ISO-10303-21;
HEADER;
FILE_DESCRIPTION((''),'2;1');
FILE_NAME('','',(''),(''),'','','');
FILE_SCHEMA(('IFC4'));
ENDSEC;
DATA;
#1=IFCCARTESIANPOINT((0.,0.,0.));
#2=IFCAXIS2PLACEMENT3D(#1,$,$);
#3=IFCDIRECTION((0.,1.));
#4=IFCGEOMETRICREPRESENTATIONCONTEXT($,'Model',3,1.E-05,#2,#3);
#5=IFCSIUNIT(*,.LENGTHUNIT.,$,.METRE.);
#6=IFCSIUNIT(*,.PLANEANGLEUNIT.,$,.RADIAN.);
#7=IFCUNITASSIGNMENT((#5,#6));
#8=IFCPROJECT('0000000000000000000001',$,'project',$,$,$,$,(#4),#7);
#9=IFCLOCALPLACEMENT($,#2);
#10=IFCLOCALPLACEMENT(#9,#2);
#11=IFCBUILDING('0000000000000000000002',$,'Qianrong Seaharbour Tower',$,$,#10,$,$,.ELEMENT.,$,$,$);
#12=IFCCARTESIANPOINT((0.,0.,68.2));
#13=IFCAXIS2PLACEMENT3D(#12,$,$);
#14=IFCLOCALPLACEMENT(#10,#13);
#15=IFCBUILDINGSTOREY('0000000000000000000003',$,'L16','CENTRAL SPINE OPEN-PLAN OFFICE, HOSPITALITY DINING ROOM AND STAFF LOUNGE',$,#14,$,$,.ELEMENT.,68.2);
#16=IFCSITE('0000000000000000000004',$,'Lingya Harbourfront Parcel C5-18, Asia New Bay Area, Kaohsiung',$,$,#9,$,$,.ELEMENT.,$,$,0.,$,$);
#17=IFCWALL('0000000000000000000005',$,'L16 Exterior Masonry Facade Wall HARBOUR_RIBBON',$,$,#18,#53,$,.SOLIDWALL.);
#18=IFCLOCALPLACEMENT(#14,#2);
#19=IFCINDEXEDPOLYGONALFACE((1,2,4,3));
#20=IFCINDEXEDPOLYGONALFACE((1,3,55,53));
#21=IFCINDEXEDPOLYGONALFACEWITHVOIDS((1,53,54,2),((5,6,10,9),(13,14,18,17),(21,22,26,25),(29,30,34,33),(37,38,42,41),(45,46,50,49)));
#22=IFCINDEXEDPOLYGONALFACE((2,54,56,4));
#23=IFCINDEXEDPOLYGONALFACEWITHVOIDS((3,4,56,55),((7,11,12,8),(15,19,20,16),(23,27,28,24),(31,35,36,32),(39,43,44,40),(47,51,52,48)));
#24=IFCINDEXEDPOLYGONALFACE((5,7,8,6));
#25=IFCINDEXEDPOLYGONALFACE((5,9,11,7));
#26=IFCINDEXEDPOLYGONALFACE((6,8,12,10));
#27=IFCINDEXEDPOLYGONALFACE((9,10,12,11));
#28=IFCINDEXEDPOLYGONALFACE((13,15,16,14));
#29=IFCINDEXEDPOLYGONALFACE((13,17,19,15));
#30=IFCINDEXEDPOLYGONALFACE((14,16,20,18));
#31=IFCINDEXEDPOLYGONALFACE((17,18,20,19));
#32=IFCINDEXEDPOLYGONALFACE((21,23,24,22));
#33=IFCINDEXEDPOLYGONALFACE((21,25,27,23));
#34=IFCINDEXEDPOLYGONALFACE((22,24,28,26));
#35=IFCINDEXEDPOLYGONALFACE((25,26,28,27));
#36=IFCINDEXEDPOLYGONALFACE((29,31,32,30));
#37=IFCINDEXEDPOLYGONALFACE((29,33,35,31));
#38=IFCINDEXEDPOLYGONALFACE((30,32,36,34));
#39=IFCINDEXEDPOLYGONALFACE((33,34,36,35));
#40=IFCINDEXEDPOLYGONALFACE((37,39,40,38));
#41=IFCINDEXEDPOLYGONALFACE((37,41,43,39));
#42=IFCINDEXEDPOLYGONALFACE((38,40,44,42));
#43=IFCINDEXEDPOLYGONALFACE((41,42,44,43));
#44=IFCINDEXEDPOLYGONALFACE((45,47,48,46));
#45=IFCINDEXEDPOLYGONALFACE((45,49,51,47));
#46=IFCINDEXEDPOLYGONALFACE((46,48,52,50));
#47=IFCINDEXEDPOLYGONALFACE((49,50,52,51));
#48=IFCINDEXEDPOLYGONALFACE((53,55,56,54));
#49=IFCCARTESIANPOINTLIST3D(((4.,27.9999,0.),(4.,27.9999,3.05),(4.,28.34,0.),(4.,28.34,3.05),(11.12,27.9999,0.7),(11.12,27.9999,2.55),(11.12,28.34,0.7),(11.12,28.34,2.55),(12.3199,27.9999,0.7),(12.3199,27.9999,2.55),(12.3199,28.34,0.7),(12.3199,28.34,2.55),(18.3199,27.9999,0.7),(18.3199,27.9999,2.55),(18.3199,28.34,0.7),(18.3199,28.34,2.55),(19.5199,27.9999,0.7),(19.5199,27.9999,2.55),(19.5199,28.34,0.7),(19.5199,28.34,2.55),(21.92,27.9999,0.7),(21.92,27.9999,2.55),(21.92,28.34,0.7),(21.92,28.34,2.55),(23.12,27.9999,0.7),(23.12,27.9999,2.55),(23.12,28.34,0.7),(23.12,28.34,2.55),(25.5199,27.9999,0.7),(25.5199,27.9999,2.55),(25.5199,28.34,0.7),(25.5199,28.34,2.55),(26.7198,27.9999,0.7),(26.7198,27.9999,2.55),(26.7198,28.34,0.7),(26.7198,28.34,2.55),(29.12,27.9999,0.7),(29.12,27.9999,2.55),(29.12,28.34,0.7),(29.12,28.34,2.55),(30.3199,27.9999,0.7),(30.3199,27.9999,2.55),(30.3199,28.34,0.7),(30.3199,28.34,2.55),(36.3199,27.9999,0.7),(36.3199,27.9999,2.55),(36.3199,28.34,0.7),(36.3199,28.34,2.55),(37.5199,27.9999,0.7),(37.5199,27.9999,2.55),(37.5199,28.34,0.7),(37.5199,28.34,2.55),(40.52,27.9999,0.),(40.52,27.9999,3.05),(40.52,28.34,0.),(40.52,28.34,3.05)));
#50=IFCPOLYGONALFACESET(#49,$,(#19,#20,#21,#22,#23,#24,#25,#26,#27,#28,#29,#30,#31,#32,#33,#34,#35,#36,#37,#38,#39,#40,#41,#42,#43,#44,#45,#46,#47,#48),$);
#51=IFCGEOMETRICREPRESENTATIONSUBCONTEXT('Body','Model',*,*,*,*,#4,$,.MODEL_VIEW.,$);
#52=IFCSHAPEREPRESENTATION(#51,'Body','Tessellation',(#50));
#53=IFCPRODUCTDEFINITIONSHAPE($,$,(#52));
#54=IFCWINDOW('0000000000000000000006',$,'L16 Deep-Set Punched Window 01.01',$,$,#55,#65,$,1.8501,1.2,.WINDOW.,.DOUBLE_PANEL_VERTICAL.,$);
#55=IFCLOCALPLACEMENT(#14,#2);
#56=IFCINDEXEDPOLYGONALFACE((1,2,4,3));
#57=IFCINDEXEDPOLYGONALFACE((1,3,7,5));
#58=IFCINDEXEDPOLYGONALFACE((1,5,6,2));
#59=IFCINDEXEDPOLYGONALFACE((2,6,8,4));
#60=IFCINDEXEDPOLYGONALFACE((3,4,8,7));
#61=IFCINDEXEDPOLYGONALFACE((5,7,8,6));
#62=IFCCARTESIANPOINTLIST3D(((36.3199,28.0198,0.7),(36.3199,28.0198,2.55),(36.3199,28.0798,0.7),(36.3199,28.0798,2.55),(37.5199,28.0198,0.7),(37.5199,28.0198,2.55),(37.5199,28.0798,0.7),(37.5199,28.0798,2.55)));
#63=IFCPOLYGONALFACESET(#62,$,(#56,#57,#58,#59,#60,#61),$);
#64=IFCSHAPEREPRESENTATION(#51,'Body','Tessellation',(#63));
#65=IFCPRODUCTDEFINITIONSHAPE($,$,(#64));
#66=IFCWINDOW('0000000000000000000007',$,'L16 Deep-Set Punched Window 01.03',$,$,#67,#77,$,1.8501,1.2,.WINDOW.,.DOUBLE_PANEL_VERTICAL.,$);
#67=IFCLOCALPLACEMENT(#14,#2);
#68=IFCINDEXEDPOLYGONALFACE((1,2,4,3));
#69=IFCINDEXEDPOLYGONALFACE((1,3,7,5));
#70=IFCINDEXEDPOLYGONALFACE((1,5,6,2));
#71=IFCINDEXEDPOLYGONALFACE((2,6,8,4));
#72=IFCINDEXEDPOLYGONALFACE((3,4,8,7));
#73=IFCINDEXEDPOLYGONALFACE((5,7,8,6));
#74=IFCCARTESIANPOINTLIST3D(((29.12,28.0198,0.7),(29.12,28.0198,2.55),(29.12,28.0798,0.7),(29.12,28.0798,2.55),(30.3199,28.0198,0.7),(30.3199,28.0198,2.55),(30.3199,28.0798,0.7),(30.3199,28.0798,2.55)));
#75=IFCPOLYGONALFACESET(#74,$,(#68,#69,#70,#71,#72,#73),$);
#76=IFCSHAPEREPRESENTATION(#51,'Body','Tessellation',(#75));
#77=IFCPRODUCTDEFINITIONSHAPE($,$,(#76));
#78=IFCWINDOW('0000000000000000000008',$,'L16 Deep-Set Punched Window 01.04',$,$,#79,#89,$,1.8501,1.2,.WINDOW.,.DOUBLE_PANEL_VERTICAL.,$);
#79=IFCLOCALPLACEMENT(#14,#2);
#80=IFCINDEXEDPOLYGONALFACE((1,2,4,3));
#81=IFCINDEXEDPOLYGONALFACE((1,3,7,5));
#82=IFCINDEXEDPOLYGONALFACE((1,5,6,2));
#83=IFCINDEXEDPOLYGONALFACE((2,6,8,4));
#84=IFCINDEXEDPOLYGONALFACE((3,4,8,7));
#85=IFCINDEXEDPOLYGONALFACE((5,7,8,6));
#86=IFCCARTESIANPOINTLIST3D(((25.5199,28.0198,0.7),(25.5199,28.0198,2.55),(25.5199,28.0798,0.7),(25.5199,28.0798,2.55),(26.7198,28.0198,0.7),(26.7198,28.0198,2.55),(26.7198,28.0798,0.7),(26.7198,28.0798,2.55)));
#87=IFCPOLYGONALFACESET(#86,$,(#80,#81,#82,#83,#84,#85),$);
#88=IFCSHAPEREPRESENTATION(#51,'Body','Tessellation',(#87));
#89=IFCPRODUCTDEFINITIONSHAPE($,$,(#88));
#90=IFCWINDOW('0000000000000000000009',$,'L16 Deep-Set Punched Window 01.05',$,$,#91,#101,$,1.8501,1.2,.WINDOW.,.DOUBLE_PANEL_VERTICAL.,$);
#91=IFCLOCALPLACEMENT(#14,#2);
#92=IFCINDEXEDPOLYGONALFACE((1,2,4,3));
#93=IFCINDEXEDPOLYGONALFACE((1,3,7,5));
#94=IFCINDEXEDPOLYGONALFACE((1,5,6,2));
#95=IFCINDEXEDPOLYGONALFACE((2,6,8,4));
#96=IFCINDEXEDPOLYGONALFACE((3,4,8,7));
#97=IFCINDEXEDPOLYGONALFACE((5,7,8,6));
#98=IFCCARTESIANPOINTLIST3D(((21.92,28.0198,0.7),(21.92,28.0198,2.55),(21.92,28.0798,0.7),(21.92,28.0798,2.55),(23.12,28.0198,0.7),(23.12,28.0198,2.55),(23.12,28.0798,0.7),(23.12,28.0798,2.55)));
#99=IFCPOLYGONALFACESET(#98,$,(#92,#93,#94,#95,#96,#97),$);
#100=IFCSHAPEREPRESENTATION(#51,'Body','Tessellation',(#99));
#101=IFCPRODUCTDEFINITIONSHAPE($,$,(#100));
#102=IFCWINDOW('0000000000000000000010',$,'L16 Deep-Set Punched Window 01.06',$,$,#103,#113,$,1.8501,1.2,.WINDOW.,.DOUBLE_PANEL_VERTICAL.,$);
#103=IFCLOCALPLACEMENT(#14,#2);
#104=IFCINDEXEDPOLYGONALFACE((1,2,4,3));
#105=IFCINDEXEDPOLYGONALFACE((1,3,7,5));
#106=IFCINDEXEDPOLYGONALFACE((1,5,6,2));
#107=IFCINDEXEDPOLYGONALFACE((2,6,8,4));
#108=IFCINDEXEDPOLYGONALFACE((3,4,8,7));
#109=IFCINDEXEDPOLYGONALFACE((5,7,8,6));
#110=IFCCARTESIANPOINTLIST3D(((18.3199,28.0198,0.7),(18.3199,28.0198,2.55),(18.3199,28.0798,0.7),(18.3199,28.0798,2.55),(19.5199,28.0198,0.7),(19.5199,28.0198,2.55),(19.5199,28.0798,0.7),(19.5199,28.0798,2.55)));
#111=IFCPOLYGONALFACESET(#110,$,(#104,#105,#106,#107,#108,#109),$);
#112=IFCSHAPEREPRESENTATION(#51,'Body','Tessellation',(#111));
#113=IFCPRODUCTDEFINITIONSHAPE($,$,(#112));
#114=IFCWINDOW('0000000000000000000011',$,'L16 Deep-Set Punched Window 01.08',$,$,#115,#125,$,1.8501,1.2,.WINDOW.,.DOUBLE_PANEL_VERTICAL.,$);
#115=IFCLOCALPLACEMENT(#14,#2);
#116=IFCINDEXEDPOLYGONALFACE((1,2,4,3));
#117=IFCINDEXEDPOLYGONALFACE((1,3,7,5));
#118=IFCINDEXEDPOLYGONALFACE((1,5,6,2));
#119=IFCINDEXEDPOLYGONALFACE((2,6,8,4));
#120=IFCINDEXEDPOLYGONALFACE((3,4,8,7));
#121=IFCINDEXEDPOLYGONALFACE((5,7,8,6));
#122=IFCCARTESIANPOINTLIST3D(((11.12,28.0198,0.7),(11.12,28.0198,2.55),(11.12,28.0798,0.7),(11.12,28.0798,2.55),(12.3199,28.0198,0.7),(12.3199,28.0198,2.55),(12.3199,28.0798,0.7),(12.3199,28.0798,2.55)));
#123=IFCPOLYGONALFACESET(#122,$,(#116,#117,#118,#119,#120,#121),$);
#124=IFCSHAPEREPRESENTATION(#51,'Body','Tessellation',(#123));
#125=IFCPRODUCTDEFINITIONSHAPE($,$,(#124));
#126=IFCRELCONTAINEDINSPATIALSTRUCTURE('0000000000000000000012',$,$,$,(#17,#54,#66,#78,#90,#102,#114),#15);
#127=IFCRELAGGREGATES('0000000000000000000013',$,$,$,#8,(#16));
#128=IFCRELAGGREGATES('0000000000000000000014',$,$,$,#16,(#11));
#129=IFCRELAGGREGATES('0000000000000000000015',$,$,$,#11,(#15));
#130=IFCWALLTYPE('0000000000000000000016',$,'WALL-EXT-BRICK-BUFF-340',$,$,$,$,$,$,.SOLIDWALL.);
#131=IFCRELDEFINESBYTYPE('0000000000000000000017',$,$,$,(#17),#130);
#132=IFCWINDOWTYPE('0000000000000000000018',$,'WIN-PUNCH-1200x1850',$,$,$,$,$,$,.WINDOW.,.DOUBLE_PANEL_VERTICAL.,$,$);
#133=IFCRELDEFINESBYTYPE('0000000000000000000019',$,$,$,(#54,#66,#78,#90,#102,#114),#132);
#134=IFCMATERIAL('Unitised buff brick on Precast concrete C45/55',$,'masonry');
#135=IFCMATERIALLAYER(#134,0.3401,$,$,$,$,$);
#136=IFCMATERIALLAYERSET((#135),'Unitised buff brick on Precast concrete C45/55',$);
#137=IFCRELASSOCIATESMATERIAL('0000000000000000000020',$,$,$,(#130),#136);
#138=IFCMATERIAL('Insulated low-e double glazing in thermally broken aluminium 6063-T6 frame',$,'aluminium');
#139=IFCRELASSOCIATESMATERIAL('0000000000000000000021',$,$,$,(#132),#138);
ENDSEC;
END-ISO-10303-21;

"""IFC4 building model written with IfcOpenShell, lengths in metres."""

from ifc_helpers import new_model, si_unit, direction, frame, frame_2d, origin, place, context, subcontext, project, spatial, rectangle, extrude, material, layer, layer_set, type_object, element, fill, save


model = new_model("IFC4")

# Units and contexts
model_context = context("Model", 3, precision=1e-05, world=origin(), true_north=direction((0.0, 1.0)))
body_context = subcontext(model_context, "Body", "Model", "MODEL_VIEW")
ifc_project = project(units=[si_unit("LENGTHUNIT", "METRE"), si_unit("PLANEANGLEUNIT", "RADIAN")], contexts=[model_context])

# Site, building, storey
site_placement = place(None, origin())
site = spatial("IfcSite", under=ifc_project, at=site_placement, Name="Lingya Harbourfront Parcel C5-18, Asia New Bay Area, Kaohsiung", CompositionType="ELEMENT", RefElevation=0.0)
building_placement = place(site_placement, origin())
building = spatial("IfcBuilding", under=site, at=building_placement, Name="Qianrong Seaharbour Tower", CompositionType="ELEMENT")
storey_placement = place(building_placement, frame((0.0, 0.0, 68.2)))
storey = spatial("IfcBuildingStorey", under=building, at=storey_placement, Name="L16", Description="CENTRAL SPINE OPEN-PLAN OFFICE, HOSPITALITY DINING ROOM AND STAFF LOUNGE", CompositionType="ELEMENT", Elevation=68.2)

# Wall, openings, windows
ifc_material_1 = material(Name="Unitised buff brick on Precast concrete C45/55", Category="masonry")
ifc_layer = layer(ifc_material_1, 0.3401)
ifc_layer_set = layer_set([ifc_layer], Name="Unitised buff brick on Precast concrete C45/55")
wall_type = type_object("IfcWallType", Name="WALL-EXT-BRICK-BUFF-340", PredefinedType="SOLIDWALL", material=ifc_layer_set)
wall_placement = place(storey_placement, frame((40.52, 28.1699, 0.0), z_axis=(0.0, 0.0, 1.0), x_axis=(-1.0, 0.0, 0.0)))
wall = element("IfcWall", 1, at=wall_placement, inside=storey, type_object=wall_type, Name="L16 Exterior Masonry Facade Wall HARBOUR_RIBBON", PredefinedType="SOLIDWALL", context=body_context, shape_type="SweptSolid", body=[
    extrude(rectangle(XDim=36.52, YDim=0.3401, at=frame_2d((18.26, 0.0))), origin(), (0.0, 0.0, 1.0), 3.05),
])
opening_1_placement = place(wall_placement, frame((3.0, 0.0, 0.7)))
opening_1 = element("IfcOpeningElement", 2, at=opening_1_placement, cuts=wall, PredefinedType="OPENING", context=body_context, shape_type="SweptSolid", body=[
    extrude(rectangle(XDim=1.2, YDim=1.8501, at=frame_2d((0.6001, 0.925))), frame((0.0, 0.1802, 0.0), z_axis=(0.0, -1.0, 0.0), x_axis=(1.0, 0.0, 0.0)), (0.0, 0.0, 1.0), 0.3601),
])
opening_2_placement = place(wall_placement, frame((10.2, 0.0, 0.7)))
opening_2 = element("IfcOpeningElement", 3, at=opening_2_placement, cuts=wall, PredefinedType="OPENING", context=body_context, shape_type="SweptSolid", body=[
    extrude(rectangle(XDim=1.2, YDim=1.8501, at=frame_2d((0.6001, 0.925))), frame((0.0, 0.1802, 0.0), z_axis=(0.0, -1.0, 0.0), x_axis=(1.0, 0.0, 0.0)), (0.0, 0.0, 1.0), 0.3601),
])
opening_3_placement = place(wall_placement, frame((13.8, 0.0, 0.7)))
opening_3 = element("IfcOpeningElement", 4, at=opening_3_placement, cuts=wall, PredefinedType="OPENING", context=body_context, shape_type="SweptSolid", body=[
    extrude(rectangle(XDim=1.2, YDim=1.8501, at=frame_2d((0.6001, 0.925))), frame((0.0, 0.1802, 0.0), z_axis=(0.0, -1.0, 0.0), x_axis=(1.0, 0.0, 0.0)), (0.0, 0.0, 1.0), 0.3601),
])
opening_4_placement = place(wall_placement, frame((17.3999, 0.0, 0.7)))
opening_4 = element("IfcOpeningElement", 5, at=opening_4_placement, cuts=wall, PredefinedType="OPENING", context=body_context, shape_type="SweptSolid", body=[
    extrude(rectangle(XDim=1.2, YDim=1.8501, at=frame_2d((0.6001, 0.925))), frame((0.0, 0.1802, 0.0), z_axis=(0.0, -1.0, 0.0), x_axis=(1.0, 0.0, 0.0)), (0.0, 0.0, 1.0), 0.3601),
])
opening_5_placement = place(wall_placement, frame((21.0, 0.0, 0.7)))
opening_5 = element("IfcOpeningElement", 6, at=opening_5_placement, cuts=wall, PredefinedType="OPENING", context=body_context, shape_type="SweptSolid", body=[
    extrude(rectangle(XDim=1.2, YDim=1.8501, at=frame_2d((0.6001, 0.925))), frame((0.0, 0.1802, 0.0), z_axis=(0.0, -1.0, 0.0), x_axis=(1.0, 0.0, 0.0)), (0.0, 0.0, 1.0), 0.3601),
])
opening_6_placement = place(wall_placement, frame((28.2, 0.0, 0.7)))
opening_6 = element("IfcOpeningElement", 7, at=opening_6_placement, cuts=wall, PredefinedType="OPENING", context=body_context, shape_type="SweptSolid", body=[
    extrude(rectangle(XDim=1.2, YDim=1.8501, at=frame_2d((0.6001, 0.925))), frame((0.0, 0.1802, 0.0), z_axis=(0.0, -1.0, 0.0), x_axis=(1.0, 0.0, 0.0)), (0.0, 0.0, 1.0), 0.3601),
])
ifc_material_2 = material(Name="Insulated low-e double glazing in thermally broken aluminium 6063-T6 frame", Category="aluminium")
window_type = type_object("IfcWindowType", Name="WIN-PUNCH-1200x1850", PartitioningType="DOUBLE_PANEL_VERTICAL", PredefinedType="WINDOW", material=ifc_material_2)
window_1_placement = place(opening_1_placement, origin())
window_1 = element("IfcWindow", 8, at=window_1_placement, inside=storey, type_object=window_type, Name="L16 Deep-Set Punched Window 01.01", OverallHeight=1.8501, OverallWidth=1.2, PartitioningType="DOUBLE_PANEL_VERTICAL", PredefinedType="WINDOW", context=body_context, shape_type="SweptSolid", body=[
    extrude(rectangle(XDim=1.2, YDim=1.8501, at=frame_2d((0.6001, 0.925))), frame((0.0, 0.1501, 0.0), z_axis=(0.0, -1.0, 0.0), x_axis=(1.0, 0.0, 0.0)), (0.0, 0.0, 1.0), 0.0601),
])
fill(opening_1, window_1)
window_2_placement = place(opening_2_placement, origin())
window_2 = element("IfcWindow", 9, at=window_2_placement, inside=storey, type_object=window_type, Name="L16 Deep-Set Punched Window 01.03", OverallHeight=1.8501, OverallWidth=1.2, PartitioningType="DOUBLE_PANEL_VERTICAL", PredefinedType="WINDOW", context=body_context, shape_type="SweptSolid", body=[
    extrude(rectangle(XDim=1.2, YDim=1.8501, at=frame_2d((0.6001, 0.925))), frame((0.0, 0.1501, 0.0), z_axis=(0.0, -1.0, 0.0), x_axis=(1.0, 0.0, 0.0)), (0.0, 0.0, 1.0), 0.0601),
])
fill(opening_2, window_2)
window_3_placement = place(opening_3_placement, origin())
window_3 = element("IfcWindow", 10, at=window_3_placement, inside=storey, type_object=window_type, Name="L16 Deep-Set Punched Window 01.04", OverallHeight=1.8501, OverallWidth=1.2, PartitioningType="DOUBLE_PANEL_VERTICAL", PredefinedType="WINDOW", context=body_context, shape_type="SweptSolid", body=[
    extrude(rectangle(XDim=1.2, YDim=1.8501, at=frame_2d((0.6001, 0.925))), frame((0.0, 0.1501, 0.0), z_axis=(0.0, -1.0, 0.0), x_axis=(1.0, 0.0, 0.0)), (0.0, 0.0, 1.0), 0.0601),
])
fill(opening_3, window_3)
window_4_placement = place(opening_4_placement, origin())
window_4 = element("IfcWindow", 11, at=window_4_placement, inside=storey, type_object=window_type, Name="L16 Deep-Set Punched Window 01.05", OverallHeight=1.8501, OverallWidth=1.2, PartitioningType="DOUBLE_PANEL_VERTICAL", PredefinedType="WINDOW", context=body_context, shape_type="SweptSolid", body=[
    extrude(rectangle(XDim=1.2, YDim=1.8501, at=frame_2d((0.6001, 0.925))), frame((0.0, 0.1501, 0.0), z_axis=(0.0, -1.0, 0.0), x_axis=(1.0, 0.0, 0.0)), (0.0, 0.0, 1.0), 0.0601),
])
fill(opening_4, window_4)
window_5_placement = place(opening_5_placement, origin())
window_5 = element("IfcWindow", 12, at=window_5_placement, inside=storey, type_object=window_type, Name="L16 Deep-Set Punched Window 01.06", OverallHeight=1.8501, OverallWidth=1.2, PartitioningType="DOUBLE_PANEL_VERTICAL", PredefinedType="WINDOW", context=body_context, shape_type="SweptSolid", body=[
    extrude(rectangle(XDim=1.2, YDim=1.8501, at=frame_2d((0.6001, 0.925))), frame((0.0, 0.1501, 0.0), z_axis=(0.0, -1.0, 0.0), x_axis=(1.0, 0.0, 0.0)), (0.0, 0.0, 1.0), 0.0601),
])
fill(opening_5, window_5)
window_6_placement = place(opening_6_placement, origin())
window_6 = element("IfcWindow", 13, at=window_6_placement, inside=storey, type_object=window_type, Name="L16 Deep-Set Punched Window 01.08", OverallHeight=1.8501, OverallWidth=1.2, PartitioningType="DOUBLE_PANEL_VERTICAL", PredefinedType="WINDOW", context=body_context, shape_type="SweptSolid", body=[
    extrude(rectangle(XDim=1.2, YDim=1.8501, at=frame_2d((0.6001, 0.925))), frame((0.0, 0.1501, 0.0), z_axis=(0.0, -1.0, 0.0), x_axis=(1.0, 0.0, 0.0)), (0.0, 0.0, 1.0), 0.0601),
])
fill(opening_6, window_6)

save(model, "model.ifc")
